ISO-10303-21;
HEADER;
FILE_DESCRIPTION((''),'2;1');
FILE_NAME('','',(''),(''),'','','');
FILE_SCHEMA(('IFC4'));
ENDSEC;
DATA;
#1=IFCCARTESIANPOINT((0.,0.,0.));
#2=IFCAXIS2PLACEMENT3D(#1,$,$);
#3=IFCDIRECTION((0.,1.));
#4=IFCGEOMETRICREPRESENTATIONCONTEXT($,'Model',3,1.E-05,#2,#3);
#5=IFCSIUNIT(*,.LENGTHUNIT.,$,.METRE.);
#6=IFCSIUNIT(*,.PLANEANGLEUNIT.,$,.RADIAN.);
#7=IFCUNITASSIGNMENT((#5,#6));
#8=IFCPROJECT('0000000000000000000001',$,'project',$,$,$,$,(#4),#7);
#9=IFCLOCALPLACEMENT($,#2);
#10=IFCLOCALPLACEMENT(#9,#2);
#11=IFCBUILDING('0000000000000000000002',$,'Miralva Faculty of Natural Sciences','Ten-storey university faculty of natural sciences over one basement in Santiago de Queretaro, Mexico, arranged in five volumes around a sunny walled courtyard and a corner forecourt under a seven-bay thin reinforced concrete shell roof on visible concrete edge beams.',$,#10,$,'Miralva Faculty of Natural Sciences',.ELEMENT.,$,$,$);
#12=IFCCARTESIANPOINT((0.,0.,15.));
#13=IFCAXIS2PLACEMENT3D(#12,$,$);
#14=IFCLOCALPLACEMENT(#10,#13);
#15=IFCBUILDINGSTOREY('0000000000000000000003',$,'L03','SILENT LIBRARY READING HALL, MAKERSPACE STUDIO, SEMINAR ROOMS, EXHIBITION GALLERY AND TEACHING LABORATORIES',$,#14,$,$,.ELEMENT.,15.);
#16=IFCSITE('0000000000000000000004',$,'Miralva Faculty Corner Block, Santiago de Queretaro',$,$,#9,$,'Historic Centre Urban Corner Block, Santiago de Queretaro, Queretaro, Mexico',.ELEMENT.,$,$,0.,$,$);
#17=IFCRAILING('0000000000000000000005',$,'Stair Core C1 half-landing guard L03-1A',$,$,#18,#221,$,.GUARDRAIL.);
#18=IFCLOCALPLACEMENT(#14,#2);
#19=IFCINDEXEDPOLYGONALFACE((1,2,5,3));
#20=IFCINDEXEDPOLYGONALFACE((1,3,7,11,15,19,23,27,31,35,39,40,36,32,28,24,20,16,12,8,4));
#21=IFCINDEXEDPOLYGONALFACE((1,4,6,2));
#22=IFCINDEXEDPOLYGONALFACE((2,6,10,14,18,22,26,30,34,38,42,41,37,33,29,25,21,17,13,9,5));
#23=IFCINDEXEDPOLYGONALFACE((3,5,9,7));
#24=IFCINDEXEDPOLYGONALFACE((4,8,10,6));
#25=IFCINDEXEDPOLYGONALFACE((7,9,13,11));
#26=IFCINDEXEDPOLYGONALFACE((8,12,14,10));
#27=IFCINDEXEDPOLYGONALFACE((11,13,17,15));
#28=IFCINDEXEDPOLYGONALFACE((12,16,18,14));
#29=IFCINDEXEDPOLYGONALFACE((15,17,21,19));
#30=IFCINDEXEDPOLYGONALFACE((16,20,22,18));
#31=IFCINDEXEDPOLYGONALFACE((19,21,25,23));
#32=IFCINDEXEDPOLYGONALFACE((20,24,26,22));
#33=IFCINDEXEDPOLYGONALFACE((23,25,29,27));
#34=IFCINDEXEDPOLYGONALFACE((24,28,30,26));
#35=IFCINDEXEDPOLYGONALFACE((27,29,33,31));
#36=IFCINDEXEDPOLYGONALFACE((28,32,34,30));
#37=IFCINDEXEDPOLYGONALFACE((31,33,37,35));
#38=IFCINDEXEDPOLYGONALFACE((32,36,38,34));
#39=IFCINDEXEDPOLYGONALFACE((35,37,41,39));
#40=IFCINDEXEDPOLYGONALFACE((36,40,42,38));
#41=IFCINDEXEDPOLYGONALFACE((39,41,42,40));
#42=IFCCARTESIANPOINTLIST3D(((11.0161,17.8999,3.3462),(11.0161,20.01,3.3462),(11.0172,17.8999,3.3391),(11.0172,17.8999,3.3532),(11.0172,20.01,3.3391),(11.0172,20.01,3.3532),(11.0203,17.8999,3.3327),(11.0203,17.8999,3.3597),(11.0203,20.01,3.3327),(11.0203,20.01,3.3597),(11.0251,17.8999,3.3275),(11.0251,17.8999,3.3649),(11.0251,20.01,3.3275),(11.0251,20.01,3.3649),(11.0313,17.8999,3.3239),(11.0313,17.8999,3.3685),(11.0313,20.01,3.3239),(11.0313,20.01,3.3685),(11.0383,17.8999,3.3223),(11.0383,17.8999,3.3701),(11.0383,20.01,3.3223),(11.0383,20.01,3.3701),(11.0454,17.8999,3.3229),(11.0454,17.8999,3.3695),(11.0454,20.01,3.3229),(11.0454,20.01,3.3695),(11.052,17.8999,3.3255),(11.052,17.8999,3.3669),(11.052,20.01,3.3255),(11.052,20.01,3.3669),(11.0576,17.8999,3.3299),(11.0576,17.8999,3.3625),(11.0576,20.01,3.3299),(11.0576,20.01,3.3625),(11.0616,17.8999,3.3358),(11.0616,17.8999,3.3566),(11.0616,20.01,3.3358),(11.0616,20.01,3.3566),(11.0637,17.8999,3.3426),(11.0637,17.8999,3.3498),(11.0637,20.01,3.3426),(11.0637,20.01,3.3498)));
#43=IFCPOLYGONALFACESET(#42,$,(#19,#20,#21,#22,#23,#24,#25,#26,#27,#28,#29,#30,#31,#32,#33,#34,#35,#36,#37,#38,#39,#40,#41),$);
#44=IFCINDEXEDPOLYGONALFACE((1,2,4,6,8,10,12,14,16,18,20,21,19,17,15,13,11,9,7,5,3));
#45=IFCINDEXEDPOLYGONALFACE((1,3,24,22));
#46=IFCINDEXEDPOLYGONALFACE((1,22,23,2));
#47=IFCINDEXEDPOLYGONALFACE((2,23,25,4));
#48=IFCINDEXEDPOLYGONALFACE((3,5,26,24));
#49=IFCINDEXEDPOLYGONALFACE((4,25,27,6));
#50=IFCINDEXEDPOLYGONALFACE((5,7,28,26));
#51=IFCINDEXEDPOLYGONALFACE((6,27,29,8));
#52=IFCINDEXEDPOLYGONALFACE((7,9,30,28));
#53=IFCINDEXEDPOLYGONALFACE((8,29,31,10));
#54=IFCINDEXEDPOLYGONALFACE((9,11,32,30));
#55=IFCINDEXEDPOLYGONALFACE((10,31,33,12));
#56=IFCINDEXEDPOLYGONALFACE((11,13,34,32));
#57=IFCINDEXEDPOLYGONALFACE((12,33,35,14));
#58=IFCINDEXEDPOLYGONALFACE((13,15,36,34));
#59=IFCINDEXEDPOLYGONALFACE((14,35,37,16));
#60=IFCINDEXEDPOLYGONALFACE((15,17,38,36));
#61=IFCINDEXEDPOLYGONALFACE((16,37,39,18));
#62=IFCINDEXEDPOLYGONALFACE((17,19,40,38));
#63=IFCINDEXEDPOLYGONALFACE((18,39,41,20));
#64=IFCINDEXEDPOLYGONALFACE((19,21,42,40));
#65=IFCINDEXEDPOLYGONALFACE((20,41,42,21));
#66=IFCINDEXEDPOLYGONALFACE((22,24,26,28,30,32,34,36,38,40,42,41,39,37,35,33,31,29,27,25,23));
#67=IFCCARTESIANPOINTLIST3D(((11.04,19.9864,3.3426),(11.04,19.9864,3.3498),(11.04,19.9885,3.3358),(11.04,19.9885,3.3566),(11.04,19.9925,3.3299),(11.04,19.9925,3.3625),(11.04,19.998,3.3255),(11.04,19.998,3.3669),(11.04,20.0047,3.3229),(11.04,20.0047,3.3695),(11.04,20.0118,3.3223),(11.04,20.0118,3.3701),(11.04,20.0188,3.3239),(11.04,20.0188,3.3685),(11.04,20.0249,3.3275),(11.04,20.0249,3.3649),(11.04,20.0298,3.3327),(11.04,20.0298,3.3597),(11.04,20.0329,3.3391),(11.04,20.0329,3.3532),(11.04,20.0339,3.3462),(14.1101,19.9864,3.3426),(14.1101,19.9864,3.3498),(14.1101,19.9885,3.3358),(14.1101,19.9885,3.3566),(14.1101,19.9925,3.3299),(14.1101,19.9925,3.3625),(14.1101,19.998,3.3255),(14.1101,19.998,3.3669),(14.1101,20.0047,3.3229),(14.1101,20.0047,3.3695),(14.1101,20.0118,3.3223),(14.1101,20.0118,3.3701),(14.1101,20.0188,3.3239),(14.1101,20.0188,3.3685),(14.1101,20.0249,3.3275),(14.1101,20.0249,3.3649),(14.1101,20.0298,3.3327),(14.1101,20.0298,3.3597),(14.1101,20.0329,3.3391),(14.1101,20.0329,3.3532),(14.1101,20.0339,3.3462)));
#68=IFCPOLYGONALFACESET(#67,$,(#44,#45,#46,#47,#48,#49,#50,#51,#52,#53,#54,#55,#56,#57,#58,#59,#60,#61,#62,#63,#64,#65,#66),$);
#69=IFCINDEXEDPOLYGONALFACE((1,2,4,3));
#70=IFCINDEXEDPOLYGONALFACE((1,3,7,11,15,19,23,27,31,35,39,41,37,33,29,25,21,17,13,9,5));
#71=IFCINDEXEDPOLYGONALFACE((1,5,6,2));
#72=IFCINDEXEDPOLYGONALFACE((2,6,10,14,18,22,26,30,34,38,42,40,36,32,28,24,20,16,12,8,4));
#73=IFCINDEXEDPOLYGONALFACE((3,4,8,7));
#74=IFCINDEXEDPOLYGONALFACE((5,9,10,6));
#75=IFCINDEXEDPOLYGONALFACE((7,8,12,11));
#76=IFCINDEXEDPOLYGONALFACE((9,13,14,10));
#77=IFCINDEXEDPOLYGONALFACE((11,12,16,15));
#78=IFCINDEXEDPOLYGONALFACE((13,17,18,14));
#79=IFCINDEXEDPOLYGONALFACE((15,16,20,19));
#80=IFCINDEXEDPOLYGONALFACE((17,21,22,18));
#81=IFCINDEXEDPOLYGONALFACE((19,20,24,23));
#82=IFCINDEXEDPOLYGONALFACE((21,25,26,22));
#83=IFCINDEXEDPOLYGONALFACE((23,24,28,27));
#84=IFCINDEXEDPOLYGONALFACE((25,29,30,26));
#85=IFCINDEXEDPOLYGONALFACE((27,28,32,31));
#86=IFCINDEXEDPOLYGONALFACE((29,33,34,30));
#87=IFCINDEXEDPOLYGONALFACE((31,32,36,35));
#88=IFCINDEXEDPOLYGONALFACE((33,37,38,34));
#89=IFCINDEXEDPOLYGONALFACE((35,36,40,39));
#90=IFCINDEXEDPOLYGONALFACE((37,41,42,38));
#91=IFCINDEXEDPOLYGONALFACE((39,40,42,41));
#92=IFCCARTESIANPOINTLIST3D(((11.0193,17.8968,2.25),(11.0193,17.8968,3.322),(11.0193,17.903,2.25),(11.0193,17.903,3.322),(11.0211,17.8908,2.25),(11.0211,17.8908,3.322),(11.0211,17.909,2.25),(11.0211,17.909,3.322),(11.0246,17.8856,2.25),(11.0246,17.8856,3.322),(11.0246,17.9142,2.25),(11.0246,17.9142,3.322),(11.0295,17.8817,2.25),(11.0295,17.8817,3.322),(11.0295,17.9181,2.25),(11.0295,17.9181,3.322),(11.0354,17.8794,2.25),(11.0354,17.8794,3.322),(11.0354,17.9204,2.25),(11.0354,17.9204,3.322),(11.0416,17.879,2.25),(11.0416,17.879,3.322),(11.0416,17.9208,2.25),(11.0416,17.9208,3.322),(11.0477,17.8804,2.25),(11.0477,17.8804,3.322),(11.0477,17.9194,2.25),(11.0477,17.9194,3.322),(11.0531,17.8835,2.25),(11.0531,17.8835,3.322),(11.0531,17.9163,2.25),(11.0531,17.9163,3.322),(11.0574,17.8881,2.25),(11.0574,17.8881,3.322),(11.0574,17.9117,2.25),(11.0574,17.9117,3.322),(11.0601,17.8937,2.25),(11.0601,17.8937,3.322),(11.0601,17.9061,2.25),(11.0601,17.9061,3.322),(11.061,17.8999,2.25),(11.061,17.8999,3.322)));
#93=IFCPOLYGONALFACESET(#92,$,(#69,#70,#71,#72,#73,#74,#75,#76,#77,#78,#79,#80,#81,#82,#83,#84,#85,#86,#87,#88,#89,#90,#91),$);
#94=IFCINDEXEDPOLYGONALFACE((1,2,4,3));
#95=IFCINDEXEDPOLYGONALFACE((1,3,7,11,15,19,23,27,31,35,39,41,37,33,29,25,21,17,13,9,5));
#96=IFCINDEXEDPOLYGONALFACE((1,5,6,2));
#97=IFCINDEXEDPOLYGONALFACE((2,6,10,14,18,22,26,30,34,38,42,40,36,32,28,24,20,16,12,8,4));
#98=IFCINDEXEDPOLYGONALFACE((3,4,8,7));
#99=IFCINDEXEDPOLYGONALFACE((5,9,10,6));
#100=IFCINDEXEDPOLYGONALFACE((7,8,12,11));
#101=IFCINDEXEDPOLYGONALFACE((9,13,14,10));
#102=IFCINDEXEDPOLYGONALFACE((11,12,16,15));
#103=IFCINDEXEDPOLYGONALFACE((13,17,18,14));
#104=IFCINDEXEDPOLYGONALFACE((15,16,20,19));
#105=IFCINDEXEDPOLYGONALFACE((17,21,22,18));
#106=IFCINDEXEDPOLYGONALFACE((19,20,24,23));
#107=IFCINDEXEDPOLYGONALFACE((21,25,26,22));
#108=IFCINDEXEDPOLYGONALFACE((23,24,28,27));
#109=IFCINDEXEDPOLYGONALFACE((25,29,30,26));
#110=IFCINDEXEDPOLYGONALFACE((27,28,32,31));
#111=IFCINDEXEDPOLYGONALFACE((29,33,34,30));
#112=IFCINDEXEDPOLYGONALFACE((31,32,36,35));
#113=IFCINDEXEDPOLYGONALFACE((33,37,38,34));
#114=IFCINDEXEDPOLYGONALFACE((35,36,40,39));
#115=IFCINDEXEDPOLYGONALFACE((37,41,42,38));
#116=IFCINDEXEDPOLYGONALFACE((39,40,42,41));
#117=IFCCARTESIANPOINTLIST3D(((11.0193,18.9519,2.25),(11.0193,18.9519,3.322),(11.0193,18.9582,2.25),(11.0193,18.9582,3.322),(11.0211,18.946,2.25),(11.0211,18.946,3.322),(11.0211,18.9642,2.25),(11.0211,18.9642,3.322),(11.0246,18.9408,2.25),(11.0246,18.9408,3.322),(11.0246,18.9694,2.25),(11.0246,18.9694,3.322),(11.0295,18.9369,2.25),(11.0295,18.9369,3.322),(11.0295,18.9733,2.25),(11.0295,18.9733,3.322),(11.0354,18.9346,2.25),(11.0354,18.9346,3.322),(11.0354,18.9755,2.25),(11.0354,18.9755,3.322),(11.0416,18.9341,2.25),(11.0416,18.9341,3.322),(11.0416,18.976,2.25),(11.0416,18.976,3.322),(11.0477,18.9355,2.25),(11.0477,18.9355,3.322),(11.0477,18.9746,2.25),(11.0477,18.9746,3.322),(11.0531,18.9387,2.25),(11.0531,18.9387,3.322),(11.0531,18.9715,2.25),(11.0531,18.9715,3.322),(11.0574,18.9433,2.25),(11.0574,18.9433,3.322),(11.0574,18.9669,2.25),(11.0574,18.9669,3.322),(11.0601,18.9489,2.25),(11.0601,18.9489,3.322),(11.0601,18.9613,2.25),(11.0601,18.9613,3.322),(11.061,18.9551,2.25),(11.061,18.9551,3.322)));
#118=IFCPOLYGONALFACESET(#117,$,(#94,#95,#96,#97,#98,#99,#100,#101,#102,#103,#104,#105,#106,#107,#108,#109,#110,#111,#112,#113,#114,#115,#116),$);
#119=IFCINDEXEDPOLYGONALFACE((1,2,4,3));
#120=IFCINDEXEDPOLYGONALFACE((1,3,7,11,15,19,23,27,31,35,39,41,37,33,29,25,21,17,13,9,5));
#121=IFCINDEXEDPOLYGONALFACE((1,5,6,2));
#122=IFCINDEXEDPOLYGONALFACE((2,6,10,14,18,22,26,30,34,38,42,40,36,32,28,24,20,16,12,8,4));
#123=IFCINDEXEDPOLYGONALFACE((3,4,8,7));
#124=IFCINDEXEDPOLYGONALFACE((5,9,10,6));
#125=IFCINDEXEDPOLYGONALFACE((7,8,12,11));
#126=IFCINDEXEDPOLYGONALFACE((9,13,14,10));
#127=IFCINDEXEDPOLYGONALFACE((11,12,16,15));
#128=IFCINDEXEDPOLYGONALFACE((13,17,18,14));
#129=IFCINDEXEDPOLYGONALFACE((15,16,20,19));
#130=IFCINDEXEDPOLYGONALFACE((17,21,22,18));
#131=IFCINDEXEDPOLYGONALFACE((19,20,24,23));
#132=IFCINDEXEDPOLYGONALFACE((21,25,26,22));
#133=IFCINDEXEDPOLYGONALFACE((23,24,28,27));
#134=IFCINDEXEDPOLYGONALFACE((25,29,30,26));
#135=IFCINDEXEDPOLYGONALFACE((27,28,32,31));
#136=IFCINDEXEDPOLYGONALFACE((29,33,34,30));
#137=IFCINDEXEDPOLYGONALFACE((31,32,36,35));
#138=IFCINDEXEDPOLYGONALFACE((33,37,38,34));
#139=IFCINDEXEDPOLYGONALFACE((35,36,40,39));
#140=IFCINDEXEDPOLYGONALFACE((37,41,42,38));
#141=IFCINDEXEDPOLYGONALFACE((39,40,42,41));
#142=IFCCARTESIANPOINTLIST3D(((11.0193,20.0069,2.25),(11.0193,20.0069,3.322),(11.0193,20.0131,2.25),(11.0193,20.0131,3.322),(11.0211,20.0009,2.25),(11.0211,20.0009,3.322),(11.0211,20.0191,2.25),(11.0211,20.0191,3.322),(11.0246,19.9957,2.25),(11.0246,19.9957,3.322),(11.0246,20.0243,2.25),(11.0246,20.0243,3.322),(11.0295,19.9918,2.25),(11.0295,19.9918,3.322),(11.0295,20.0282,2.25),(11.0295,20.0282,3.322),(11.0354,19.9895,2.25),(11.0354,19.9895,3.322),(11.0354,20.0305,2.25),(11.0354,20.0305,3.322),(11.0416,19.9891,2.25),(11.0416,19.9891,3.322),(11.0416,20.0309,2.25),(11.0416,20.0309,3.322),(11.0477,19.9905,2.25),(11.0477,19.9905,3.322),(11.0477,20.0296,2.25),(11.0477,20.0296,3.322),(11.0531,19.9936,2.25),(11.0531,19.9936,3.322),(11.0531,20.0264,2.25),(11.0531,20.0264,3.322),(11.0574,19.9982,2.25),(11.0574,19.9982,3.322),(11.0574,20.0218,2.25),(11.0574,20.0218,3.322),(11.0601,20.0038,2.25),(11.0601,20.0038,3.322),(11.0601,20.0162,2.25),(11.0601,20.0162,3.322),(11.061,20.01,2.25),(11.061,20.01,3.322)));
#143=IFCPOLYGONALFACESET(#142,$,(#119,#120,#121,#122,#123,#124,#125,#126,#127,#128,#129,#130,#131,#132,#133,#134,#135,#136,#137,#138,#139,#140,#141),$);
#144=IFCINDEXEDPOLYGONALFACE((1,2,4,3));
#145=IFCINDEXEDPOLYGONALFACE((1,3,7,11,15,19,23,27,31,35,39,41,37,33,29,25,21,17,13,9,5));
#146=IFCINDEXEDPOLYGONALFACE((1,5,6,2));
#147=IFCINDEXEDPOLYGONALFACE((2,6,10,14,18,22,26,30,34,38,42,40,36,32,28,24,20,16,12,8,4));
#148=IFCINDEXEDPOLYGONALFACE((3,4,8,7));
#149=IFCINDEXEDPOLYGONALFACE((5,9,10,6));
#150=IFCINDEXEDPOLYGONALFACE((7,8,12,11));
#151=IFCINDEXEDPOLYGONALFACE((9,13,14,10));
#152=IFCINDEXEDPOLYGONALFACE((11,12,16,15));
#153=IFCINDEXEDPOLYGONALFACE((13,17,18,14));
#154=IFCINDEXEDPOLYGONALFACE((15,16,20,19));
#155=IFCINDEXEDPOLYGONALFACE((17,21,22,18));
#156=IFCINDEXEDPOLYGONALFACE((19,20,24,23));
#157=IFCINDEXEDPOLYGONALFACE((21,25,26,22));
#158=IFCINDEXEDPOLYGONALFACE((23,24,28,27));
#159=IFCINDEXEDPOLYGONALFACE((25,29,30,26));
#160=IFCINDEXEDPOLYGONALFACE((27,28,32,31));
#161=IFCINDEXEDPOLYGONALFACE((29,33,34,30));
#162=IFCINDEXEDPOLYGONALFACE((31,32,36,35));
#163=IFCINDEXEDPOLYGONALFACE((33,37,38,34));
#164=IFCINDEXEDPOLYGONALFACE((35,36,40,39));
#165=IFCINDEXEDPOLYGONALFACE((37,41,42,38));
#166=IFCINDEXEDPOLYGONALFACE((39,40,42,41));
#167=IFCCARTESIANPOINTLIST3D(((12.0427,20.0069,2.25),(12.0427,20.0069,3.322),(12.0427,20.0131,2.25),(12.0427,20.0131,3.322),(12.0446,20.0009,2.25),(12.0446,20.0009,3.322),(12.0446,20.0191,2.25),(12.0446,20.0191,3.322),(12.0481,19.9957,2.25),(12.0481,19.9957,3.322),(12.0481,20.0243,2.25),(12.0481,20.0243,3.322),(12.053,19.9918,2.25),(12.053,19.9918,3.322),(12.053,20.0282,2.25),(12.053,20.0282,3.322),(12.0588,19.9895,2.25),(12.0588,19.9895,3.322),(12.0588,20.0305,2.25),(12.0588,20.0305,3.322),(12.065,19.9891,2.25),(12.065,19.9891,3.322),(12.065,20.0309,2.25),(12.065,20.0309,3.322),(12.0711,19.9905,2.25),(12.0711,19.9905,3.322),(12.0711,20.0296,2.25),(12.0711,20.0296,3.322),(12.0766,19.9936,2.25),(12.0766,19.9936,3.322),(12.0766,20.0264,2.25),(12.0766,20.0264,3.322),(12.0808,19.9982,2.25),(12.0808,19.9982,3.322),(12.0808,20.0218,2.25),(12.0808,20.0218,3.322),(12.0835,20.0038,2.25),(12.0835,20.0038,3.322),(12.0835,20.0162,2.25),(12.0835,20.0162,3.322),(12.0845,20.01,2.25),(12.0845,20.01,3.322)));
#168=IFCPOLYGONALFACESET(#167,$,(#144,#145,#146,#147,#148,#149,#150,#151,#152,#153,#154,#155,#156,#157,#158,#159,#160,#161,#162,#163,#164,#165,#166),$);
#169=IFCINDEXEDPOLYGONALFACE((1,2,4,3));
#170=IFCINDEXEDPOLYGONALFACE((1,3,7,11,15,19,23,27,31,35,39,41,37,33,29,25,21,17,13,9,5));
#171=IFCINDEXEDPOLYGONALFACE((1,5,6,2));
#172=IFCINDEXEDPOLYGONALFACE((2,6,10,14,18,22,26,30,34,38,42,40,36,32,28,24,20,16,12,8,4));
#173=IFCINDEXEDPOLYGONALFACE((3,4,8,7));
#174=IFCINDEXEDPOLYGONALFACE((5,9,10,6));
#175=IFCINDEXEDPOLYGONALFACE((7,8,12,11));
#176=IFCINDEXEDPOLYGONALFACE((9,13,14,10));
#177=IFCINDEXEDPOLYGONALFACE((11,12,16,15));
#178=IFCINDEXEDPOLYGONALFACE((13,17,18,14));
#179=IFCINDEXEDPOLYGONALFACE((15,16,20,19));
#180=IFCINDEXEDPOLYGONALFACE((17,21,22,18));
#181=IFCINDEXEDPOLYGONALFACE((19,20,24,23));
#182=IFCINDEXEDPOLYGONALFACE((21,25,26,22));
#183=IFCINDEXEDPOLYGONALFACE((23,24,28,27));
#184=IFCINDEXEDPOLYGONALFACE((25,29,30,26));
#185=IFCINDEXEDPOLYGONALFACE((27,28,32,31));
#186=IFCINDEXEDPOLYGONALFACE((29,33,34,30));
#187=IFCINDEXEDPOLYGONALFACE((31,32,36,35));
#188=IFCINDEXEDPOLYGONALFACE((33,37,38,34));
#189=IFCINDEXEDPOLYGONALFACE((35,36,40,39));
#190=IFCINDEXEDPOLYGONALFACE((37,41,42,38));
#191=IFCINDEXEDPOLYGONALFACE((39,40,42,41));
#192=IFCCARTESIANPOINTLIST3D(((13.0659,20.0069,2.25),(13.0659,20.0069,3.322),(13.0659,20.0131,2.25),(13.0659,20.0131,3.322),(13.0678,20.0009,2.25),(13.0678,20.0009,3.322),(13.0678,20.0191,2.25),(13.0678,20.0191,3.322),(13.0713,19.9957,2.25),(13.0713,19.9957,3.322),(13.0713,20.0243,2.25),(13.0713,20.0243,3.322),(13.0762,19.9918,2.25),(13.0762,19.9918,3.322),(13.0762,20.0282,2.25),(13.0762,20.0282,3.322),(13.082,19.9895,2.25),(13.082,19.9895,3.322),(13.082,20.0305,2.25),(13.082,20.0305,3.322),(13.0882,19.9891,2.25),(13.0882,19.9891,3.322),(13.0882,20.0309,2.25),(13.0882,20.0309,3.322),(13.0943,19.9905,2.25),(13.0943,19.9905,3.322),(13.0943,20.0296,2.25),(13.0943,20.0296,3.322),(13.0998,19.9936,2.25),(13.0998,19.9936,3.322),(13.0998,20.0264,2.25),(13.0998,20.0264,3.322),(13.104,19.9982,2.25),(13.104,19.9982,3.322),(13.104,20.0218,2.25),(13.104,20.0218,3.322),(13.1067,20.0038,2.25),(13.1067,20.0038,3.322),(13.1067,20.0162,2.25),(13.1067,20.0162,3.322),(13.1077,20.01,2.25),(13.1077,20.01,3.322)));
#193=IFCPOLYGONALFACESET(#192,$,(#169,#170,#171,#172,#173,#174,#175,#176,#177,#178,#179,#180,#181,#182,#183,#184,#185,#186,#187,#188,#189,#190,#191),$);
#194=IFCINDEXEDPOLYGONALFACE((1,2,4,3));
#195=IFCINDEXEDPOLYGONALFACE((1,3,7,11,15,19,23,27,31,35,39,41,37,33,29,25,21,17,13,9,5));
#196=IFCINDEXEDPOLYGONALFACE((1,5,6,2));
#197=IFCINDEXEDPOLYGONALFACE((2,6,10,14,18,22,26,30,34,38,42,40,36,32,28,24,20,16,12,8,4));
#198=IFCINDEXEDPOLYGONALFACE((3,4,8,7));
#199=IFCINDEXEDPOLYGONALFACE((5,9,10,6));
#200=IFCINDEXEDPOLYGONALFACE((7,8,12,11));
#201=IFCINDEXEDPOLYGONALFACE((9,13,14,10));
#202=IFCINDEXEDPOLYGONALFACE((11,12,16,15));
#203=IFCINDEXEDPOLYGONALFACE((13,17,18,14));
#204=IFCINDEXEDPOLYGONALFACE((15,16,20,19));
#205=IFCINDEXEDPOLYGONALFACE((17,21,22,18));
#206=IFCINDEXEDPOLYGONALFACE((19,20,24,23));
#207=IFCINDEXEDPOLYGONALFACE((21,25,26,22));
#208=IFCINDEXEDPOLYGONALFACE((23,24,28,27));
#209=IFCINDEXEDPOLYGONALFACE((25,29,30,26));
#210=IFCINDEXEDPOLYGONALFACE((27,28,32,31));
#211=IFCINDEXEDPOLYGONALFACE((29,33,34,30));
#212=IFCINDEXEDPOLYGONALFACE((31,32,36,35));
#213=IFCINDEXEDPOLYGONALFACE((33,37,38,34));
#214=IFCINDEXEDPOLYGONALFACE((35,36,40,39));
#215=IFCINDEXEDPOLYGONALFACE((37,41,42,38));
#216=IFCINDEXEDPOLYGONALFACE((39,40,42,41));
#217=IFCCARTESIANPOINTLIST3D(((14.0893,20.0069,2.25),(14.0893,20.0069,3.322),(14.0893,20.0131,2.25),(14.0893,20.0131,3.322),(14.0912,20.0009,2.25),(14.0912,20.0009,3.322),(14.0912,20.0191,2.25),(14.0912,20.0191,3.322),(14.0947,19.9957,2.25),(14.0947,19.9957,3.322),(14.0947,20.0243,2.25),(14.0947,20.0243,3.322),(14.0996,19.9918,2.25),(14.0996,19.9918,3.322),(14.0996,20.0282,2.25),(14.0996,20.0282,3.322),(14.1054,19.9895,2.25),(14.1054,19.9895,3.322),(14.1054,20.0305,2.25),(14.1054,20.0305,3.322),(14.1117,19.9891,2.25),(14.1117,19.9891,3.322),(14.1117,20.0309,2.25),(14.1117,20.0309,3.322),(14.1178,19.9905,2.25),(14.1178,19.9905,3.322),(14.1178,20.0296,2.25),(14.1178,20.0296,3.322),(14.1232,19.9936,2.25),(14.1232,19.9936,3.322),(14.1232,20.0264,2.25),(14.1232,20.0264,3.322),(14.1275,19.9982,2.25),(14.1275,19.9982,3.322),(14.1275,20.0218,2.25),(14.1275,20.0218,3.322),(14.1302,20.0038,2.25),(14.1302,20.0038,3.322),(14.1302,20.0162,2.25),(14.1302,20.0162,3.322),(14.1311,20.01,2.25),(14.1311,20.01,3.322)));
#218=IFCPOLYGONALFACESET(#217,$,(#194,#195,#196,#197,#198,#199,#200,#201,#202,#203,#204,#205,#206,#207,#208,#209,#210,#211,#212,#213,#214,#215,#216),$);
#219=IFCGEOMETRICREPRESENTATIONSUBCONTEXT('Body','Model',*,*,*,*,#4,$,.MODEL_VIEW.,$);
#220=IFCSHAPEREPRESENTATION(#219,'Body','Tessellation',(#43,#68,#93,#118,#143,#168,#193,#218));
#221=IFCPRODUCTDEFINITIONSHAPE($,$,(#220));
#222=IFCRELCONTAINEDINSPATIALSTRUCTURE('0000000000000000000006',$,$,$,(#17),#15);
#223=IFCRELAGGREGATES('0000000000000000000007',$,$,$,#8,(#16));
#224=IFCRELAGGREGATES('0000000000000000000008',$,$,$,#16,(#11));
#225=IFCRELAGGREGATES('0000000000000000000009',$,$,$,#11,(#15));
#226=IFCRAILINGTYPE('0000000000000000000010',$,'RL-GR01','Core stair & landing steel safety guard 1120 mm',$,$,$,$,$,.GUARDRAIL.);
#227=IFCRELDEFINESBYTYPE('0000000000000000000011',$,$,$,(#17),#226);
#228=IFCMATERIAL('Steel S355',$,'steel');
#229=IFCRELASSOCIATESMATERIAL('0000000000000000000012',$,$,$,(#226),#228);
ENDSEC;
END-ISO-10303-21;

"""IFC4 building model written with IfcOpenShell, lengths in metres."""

from ifc_helpers import new_model, si_unit, direction, frame, origin, origin_2d, place, context, subcontext, project, spatial, circle, extrude, material, type_object, element, save


model = new_model("IFC4")

# Units and contexts
model_context = context("Model", 3, precision=1e-05, world=origin(), true_north=direction((0.0, 1.0)))
body_context = subcontext(model_context, "Body", "Model", "MODEL_VIEW")
ifc_project = project(units=[si_unit("LENGTHUNIT", "METRE"), si_unit("PLANEANGLEUNIT", "RADIAN")], contexts=[model_context])

# Site, building, storey
site_placement = place(None, origin())
site = spatial("IfcSite", under=ifc_project, at=site_placement, Name="Miralva Faculty Corner Block, Santiago de Queretaro", LongName="Historic Centre Urban Corner Block, Santiago de Queretaro, Queretaro, Mexico", CompositionType="ELEMENT", RefElevation=0.0)
building_placement = place(site_placement, origin())
building = spatial("IfcBuilding", under=site, at=building_placement, Name="Miralva Faculty of Natural Sciences", Description="Ten-storey university faculty of natural sciences over one basement in Santiago de Queretaro, Mexico, arranged in five volumes around a sunny walled courtyard and a corner forecourt under a seven-bay thin reinforced concrete shell roof on visible concrete edge beams.", LongName="Miralva Faculty of Natural Sciences", CompositionType="ELEMENT")
storey_placement = place(building_placement, frame((0.0, 0.0, 15.0)))
storey = spatial("IfcBuildingStorey", under=building, at=storey_placement, Name="L03", Description="SILENT LIBRARY READING HALL, MAKERSPACE STUDIO, SEMINAR ROOMS, EXHIBITION GALLERY AND TEACHING LABORATORIES", CompositionType="ELEMENT", Elevation=15.0)

# Railing
ifc_material_1 = material(Name="Steel S355", Category="steel")
railing_type_1 = type_object("IfcRailingType", Name="RL-GR01", Description="Core stair & landing steel safety guard 1120 mm", PredefinedType="GUARDRAIL", material=ifc_material_1)
railing_1_placement = place(storey_placement, frame((11.04, 17.8999, 2.25)))
element("IfcRailing", 1, at=railing_1_placement, inside=storey, type_object=railing_type_1, Name="Stair Core C1 half-landing guard L03-1A", PredefinedType="GUARDRAIL", context=body_context, shape_type="SweptSolid", body=[
    extrude(circle(Radius=0.0239, at=origin_2d()), frame((0.0, 0.0, 1.0962), z_axis=(0.0, 1.0, 0.0), x_axis=(-1.0, 0.0, 0.0)), (0.0, 0.0, 1.0), 2.1101),
    extrude(circle(Radius=0.0239, at=origin_2d()), frame((0.0, 2.1101, 1.0962), z_axis=(1.0, 0.0, 0.0), x_axis=(0.0, 1.0, 0.0)), (0.0, 0.0, 1.0), 3.0701),
    extrude(circle(Radius=0.021, at=origin_2d()), origin(), (0.0, 0.0, 1.0), 1.072),
    extrude(circle(Radius=0.021, at=origin_2d()), frame((0.0, 1.0552, 0.0)), (0.0, 0.0, 1.0), 1.072),
    extrude(circle(Radius=0.021, at=origin_2d()), frame((0.0, 2.1101, 0.0)), (0.0, 0.0, 1.0), 1.072),
    extrude(circle(Radius=0.021, at=origin_2d()), frame((1.0234, 2.1101, 0.0)), (0.0, 0.0, 1.0), 1.072),
    extrude(circle(Radius=0.021, at=origin_2d()), frame((2.0466, 2.1101, 0.0)), (0.0, 0.0, 1.0), 1.072),
    extrude(circle(Radius=0.021, at=origin_2d()), frame((3.0701, 2.1101, 0.0)), (0.0, 0.0, 1.0), 1.072),
])

save(model, "model.ifc")
